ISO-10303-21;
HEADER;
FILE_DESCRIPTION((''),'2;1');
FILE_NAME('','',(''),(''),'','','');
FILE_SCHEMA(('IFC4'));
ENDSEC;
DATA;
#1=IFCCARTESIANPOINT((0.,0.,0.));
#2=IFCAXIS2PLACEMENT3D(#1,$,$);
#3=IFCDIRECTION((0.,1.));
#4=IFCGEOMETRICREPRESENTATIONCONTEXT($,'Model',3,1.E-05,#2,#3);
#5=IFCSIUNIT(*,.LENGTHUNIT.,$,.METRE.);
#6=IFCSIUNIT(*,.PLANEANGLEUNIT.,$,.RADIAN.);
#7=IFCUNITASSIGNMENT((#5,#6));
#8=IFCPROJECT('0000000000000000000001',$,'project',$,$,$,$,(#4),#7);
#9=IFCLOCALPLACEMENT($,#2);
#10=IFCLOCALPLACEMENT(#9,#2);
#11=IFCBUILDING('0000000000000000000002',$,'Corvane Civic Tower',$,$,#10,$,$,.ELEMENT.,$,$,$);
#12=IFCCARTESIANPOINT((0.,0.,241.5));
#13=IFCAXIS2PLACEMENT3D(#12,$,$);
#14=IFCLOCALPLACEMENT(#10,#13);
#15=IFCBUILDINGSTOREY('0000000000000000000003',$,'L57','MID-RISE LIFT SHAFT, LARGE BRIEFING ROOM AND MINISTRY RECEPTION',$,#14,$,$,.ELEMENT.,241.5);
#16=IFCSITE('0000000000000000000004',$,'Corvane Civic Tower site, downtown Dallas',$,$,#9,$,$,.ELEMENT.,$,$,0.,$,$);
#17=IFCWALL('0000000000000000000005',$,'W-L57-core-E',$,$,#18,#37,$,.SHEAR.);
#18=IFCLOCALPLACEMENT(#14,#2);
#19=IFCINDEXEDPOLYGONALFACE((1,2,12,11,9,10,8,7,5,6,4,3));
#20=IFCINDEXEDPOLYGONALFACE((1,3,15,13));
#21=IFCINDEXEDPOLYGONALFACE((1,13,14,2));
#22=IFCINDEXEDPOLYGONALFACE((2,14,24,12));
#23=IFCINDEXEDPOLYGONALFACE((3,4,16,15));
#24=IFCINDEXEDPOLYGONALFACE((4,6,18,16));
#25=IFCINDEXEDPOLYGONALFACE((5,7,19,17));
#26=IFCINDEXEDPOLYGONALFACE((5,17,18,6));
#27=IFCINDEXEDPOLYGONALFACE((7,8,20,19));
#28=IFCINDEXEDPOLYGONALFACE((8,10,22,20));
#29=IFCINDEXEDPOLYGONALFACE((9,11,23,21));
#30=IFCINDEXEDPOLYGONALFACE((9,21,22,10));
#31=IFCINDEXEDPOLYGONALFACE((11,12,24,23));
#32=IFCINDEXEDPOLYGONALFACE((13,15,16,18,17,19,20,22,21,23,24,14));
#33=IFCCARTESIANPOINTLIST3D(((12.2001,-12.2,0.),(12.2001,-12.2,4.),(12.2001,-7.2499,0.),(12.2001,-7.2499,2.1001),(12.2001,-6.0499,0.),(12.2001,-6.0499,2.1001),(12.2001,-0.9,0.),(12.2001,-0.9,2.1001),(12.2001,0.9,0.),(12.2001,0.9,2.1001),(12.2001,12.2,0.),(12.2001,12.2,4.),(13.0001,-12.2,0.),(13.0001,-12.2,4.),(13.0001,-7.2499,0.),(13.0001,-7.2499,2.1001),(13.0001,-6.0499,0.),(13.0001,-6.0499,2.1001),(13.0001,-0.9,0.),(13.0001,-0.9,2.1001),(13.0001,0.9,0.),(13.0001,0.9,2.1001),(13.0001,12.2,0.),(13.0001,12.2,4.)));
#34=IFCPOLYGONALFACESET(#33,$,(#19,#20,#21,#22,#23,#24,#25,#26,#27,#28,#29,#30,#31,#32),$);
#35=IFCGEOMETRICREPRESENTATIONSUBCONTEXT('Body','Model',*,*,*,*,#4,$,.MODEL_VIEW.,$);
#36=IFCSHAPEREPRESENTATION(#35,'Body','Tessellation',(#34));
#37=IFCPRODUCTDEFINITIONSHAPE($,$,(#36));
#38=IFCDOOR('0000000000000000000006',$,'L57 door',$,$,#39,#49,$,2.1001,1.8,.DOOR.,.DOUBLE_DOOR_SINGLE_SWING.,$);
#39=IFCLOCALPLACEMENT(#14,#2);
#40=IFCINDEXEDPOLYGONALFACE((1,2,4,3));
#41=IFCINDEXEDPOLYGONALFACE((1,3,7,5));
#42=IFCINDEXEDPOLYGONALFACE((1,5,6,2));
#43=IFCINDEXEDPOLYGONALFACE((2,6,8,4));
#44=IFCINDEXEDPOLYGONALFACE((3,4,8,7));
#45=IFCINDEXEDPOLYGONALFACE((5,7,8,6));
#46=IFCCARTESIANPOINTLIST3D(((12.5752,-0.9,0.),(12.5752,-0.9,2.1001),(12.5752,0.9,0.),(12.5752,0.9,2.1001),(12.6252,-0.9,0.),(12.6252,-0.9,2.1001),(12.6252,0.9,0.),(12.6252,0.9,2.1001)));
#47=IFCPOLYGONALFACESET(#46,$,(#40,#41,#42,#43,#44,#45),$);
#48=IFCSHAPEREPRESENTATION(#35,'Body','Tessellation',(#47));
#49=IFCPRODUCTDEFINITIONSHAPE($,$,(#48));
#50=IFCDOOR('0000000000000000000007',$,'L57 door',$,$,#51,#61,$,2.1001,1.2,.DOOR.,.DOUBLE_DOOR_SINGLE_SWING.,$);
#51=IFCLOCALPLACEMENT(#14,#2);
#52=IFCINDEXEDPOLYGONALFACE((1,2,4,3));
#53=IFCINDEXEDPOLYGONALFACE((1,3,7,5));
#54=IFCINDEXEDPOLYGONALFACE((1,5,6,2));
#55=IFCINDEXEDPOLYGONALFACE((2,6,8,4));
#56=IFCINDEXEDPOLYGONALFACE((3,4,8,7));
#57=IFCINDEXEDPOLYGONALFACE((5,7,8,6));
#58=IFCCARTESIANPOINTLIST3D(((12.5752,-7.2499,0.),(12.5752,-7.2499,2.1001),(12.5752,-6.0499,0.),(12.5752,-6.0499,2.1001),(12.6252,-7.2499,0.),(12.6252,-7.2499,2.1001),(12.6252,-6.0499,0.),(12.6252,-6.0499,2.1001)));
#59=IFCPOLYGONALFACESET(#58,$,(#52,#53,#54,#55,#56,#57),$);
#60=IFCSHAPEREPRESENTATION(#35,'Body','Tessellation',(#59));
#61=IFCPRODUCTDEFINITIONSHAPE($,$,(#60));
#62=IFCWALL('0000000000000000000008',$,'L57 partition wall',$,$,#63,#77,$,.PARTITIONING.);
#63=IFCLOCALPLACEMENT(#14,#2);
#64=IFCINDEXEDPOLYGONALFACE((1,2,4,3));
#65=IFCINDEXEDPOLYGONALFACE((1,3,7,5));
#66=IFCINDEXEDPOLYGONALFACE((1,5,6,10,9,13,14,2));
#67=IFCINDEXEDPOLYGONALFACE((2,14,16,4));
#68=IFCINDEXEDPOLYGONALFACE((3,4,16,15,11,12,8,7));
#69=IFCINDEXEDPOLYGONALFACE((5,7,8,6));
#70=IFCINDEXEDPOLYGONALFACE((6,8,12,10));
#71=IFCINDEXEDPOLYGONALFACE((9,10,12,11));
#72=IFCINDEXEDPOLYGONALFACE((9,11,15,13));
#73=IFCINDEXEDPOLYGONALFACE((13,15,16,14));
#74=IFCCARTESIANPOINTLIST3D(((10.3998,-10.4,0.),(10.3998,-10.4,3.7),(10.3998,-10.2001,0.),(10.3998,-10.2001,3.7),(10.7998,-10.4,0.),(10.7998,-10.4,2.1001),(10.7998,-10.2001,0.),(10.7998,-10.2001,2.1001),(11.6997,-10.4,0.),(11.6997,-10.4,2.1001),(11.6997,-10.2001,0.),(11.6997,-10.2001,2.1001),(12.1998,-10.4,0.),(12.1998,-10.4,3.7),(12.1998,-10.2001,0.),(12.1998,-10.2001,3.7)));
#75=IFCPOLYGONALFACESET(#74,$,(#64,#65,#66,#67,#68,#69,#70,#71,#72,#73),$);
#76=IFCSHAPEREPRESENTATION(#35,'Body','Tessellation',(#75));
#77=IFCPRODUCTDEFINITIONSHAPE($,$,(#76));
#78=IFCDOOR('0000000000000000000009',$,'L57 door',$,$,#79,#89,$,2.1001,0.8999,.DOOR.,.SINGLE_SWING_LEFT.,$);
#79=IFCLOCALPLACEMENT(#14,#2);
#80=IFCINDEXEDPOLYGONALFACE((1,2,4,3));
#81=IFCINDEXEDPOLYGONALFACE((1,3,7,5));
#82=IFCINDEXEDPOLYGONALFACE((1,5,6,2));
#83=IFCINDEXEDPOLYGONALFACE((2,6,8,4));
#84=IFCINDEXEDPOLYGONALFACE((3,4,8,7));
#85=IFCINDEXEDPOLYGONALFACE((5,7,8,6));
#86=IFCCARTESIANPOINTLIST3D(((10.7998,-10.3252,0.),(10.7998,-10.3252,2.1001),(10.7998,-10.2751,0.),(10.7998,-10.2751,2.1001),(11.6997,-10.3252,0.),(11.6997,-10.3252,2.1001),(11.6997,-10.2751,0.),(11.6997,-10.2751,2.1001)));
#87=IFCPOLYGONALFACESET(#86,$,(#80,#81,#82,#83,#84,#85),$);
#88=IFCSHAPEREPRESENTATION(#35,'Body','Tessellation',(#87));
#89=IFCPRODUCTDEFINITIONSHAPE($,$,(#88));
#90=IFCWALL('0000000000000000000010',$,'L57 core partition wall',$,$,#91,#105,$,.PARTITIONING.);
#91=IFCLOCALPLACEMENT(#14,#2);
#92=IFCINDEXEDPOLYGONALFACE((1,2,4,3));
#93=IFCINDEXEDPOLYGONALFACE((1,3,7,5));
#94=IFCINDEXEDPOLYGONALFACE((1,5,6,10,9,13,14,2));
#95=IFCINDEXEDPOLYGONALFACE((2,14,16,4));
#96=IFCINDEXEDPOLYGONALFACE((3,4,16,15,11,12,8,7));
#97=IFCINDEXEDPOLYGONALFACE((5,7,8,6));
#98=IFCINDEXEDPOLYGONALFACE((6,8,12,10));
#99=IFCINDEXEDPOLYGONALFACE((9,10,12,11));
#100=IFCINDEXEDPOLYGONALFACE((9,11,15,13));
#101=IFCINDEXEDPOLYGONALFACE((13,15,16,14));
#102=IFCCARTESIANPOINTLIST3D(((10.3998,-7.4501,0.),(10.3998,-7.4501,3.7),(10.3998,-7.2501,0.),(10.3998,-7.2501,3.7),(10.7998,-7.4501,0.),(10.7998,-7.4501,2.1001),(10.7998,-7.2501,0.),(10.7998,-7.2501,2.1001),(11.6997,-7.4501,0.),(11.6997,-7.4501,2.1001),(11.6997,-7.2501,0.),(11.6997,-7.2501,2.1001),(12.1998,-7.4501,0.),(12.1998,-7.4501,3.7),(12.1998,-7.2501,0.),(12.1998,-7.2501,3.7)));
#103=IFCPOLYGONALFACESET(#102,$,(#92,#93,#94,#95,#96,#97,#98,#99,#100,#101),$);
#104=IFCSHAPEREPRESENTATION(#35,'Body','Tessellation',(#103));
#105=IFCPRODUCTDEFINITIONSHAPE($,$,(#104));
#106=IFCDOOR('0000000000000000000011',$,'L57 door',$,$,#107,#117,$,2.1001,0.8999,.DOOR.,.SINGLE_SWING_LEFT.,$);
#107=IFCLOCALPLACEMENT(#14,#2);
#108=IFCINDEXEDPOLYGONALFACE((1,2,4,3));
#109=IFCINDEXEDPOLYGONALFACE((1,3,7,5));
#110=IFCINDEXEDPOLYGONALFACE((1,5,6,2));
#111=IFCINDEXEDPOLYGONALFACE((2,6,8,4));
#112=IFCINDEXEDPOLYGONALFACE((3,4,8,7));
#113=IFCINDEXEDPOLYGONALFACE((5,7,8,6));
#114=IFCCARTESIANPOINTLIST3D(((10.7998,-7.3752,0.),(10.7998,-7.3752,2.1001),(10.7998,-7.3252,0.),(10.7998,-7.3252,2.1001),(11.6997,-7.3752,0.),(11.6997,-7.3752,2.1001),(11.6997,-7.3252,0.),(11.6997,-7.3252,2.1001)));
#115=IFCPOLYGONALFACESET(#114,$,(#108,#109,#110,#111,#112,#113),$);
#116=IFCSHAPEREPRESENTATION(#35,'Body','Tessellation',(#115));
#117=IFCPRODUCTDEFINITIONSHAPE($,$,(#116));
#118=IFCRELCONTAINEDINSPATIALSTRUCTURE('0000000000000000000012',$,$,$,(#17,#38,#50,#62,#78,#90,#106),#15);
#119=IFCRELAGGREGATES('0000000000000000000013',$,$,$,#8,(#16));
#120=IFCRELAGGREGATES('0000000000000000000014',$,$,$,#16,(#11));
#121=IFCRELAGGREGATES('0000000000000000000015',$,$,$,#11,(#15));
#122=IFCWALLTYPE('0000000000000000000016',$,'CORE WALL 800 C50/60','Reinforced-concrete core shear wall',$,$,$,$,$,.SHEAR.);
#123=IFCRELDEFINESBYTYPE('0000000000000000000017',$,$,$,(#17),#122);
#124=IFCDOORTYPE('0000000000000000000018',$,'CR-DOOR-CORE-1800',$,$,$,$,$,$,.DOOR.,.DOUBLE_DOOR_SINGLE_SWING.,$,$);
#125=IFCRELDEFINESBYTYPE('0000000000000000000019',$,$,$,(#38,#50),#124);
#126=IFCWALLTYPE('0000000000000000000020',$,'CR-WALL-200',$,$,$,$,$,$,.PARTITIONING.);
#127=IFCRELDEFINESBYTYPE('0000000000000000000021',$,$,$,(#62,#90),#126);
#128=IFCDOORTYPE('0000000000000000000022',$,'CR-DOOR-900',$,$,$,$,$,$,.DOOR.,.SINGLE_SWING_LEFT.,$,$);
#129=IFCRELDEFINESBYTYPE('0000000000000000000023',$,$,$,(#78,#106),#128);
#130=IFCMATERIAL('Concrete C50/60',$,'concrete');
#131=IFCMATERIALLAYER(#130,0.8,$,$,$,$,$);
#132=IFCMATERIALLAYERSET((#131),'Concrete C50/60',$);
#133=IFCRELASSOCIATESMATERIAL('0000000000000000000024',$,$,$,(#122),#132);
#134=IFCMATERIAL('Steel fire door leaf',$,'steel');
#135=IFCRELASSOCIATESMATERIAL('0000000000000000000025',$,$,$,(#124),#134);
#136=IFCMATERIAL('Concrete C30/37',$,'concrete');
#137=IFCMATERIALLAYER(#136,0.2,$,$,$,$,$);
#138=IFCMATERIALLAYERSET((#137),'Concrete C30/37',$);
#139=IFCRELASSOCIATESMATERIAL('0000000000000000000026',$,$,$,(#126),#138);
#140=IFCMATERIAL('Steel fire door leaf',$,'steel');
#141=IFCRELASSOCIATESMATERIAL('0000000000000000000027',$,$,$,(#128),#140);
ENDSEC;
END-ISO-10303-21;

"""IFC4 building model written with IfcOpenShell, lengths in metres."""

from ifc_helpers import new_model, si_unit, direction, frame, frame_2d, origin, place, context, subcontext, project, spatial, rectangle, extrude, material, layer, layer_set, type_object, element, fill, save


model = new_model("IFC4")

# Units and contexts
model_context = context("Model", 3, precision=1e-05, world=origin(), true_north=direction((0.0, 1.0)))
body_context = subcontext(model_context, "Body", "Model", "MODEL_VIEW")
ifc_project = project(units=[si_unit("LENGTHUNIT", "METRE"), si_unit("PLANEANGLEUNIT", "RADIAN")], contexts=[model_context])

# Site, building, storey
site_placement = place(None, origin())
site = spatial("IfcSite", under=ifc_project, at=site_placement, Name="Corvane Civic Tower site, downtown Dallas", CompositionType="ELEMENT", RefElevation=0.0)
building_placement = place(site_placement, origin())
building = spatial("IfcBuilding", under=site, at=building_placement, Name="Corvane Civic Tower", CompositionType="ELEMENT")
storey_placement = place(building_placement, frame((0.0, 0.0, 241.5)))
storey = spatial("IfcBuildingStorey", under=building, at=storey_placement, Name="L57", Description="MID-RISE LIFT SHAFT, LARGE BRIEFING ROOM AND MINISTRY RECEPTION", CompositionType="ELEMENT", Elevation=241.5)

# Wall, openings, doors
ifc_material_1 = material(Name="Concrete C50/60", Category="concrete")
ifc_layer_1 = layer(ifc_material_1, 0.8)
ifc_layer_set_1 = layer_set([ifc_layer_1], Name="Concrete C50/60")
wall_type_1 = type_object("IfcWallType", Name="CORE WALL 800 C50/60", Description="Reinforced-concrete core shear wall", PredefinedType="SHEAR", material=ifc_layer_set_1)
wall_1_placement = place(storey_placement, frame((12.6001, -12.2, 0.0), z_axis=(0.0, 0.0, 1.0), x_axis=(0.0, 1.0, 0.0)))
wall_1 = element("IfcWall", 1, at=wall_1_placement, inside=storey, type_object=wall_type_1, Name="W-L57-core-E", PredefinedType="SHEAR", context=body_context, shape_type="SweptSolid", body=[
    extrude(rectangle(XDim=24.3999, YDim=0.8, at=frame_2d((12.2, 0.0))), origin(), (0.0, 0.0, 1.0), 4.0),
])
opening_1_placement = place(wall_1_placement, frame((11.3, 0.0, 0.0)))
opening_1 = element("IfcOpeningElement", 2, at=opening_1_placement, cuts=wall_1, PredefinedType="OPENING", context=body_context, shape_type="SweptSolid", body=[
    extrude(rectangle(XDim=1.8, YDim=2.1001, at=frame_2d((0.8999, 1.05))), frame((0.0, 0.4099, 0.0), z_axis=(0.0, -1.0, 0.0), x_axis=(1.0, 0.0, 0.0)), (0.0, 0.0, 1.0), 0.8201),
])
opening_2_placement = place(wall_1_placement, frame((4.95, 0.0, 0.0)))
opening_2 = element("IfcOpeningElement", 3, at=opening_2_placement, cuts=wall_1, PredefinedType="OPENING", context=body_context, shape_type="SweptSolid", body=[
    extrude(rectangle(XDim=1.2, YDim=2.1001, at=frame_2d((0.6001, 1.05))), frame((0.0, 0.4099, 0.0), z_axis=(0.0, -1.0, 0.0), x_axis=(1.0, 0.0, 0.0)), (0.0, 0.0, 1.0), 0.8201),
])
ifc_material_2 = material(Name="Steel fire door leaf", Category="steel")
door_type_1 = type_object("IfcDoorType", Name="CR-DOOR-CORE-1800", OperationType="DOUBLE_DOOR_SINGLE_SWING", PredefinedType="DOOR", material=ifc_material_2)
door_1_placement = place(opening_1_placement, origin())
door_1 = element("IfcDoor", 4, at=door_1_placement, inside=storey, type_object=door_type_1, Name="L57 door", OperationType="DOUBLE_DOOR_SINGLE_SWING", OverallHeight=2.1001, OverallWidth=1.8, PredefinedType="DOOR", context=body_context, shape_type="SweptSolid", body=[
    extrude(rectangle(XDim=1.8, YDim=2.1001, at=frame_2d((0.8999, 1.05))), frame((0.0, 0.0249, 0.0), z_axis=(0.0, -1.0, 0.0), x_axis=(1.0, 0.0, 0.0)), (0.0, 0.0, 1.0), 0.05),
])
fill(opening_1, door_1)
door_2_placement = place(opening_2_placement, origin())
door_2 = element("IfcDoor", 5, at=door_2_placement, inside=storey, type_object=door_type_1, Name="L57 door", OperationType="DOUBLE_DOOR_SINGLE_SWING", OverallHeight=2.1001, OverallWidth=1.2, PredefinedType="DOOR", context=body_context, shape_type="SweptSolid", body=[
    extrude(rectangle(XDim=1.2, YDim=2.1001, at=frame_2d((0.6001, 1.05))), frame((0.0, 0.0249, 0.0), z_axis=(0.0, -1.0, 0.0), x_axis=(1.0, 0.0, 0.0)), (0.0, 0.0, 1.0), 0.05),
])
fill(opening_2, door_2)

# Walls, openings, doors
ifc_material_3 = material(Name="Concrete C30/37", Category="concrete")
ifc_layer_2 = layer(ifc_material_3, 0.2)
ifc_layer_set_2 = layer_set([ifc_layer_2], Name="Concrete C30/37")
wall_type_2 = type_object("IfcWallType", Name="CR-WALL-200", PredefinedType="PARTITIONING", material=ifc_layer_set_2)
wall_2_placement = place(storey_placement, frame((10.3999, -10.3, 0.0), z_axis=(0.0, 0.0, 1.0), x_axis=(1.0, 0.0, 0.0)))
wall_2 = element("IfcWall", 6, at=wall_2_placement, inside=storey, type_object=wall_type_2, Name="L57 partition wall", PredefinedType="PARTITIONING", context=body_context, shape_type="SweptSolid", body=[
    extrude(rectangle(XDim=1.8, YDim=0.2, at=frame_2d((0.8999, 0.0))), origin(), (0.0, 0.0, 1.0), 3.7),
])
opening_3_placement = place(wall_2_placement, frame((0.3999, 0.0, 0.0)))
opening_3 = element("IfcOpeningElement", 7, at=opening_3_placement, cuts=wall_2, PredefinedType="OPENING", context=body_context, shape_type="SweptSolid", body=[
    extrude(rectangle(XDim=0.8999, YDim=2.1001, at=frame_2d((0.45, 1.05))), frame((0.0, 0.1099, 0.0), z_axis=(0.0, -1.0, 0.0), x_axis=(1.0, 0.0, 0.0)), (0.0, 0.0, 1.0), 0.22),
])
ifc_material_4 = material(Name="Steel fire door leaf", Category="steel")
door_type_2 = type_object("IfcDoorType", Name="CR-DOOR-900", OperationType="SINGLE_SWING_LEFT", PredefinedType="DOOR", material=ifc_material_4)
door_3_placement = place(opening_3_placement, origin())
door_3 = element("IfcDoor", 8, at=door_3_placement, inside=storey, type_object=door_type_2, Name="L57 door", OperationType="SINGLE_SWING_LEFT", OverallHeight=2.1001, OverallWidth=0.8999, PredefinedType="DOOR", context=body_context, shape_type="SweptSolid", body=[
    extrude(rectangle(XDim=0.8999, YDim=2.1001, at=frame_2d((0.45, 1.05))), frame((0.0, 0.0249, 0.0), z_axis=(0.0, -1.0, 0.0), x_axis=(1.0, 0.0, 0.0)), (0.0, 0.0, 1.0), 0.05),
])
fill(opening_3, door_3)
wall_3_placement = place(storey_placement, frame((10.3999, -7.3501, 0.0), z_axis=(0.0, 0.0, 1.0), x_axis=(1.0, 0.0, 0.0)))
wall_3 = element("IfcWall", 9, at=wall_3_placement, inside=storey, type_object=wall_type_2, Name="L57 core partition wall", PredefinedType="PARTITIONING", context=body_context, shape_type="SweptSolid", body=[
    extrude(rectangle(XDim=1.8, YDim=0.2, at=frame_2d((0.8999, 0.0))), origin(), (0.0, 0.0, 1.0), 3.7),
])
opening_4_placement = place(wall_3_placement, frame((0.3999, 0.0, 0.0)))
opening_4 = element("IfcOpeningElement", 10, at=opening_4_placement, cuts=wall_3, PredefinedType="OPENING", context=body_context, shape_type="SweptSolid", body=[
    extrude(rectangle(XDim=0.8999, YDim=2.1001, at=frame_2d((0.45, 1.05))), frame((0.0, 0.1099, 0.0), z_axis=(0.0, -1.0, 0.0), x_axis=(1.0, 0.0, 0.0)), (0.0, 0.0, 1.0), 0.22),
])
door_4_placement = place(opening_4_placement, origin())
door_4 = element("IfcDoor", 11, at=door_4_placement, inside=storey, type_object=door_type_2, Name="L57 door", OperationType="SINGLE_SWING_LEFT", OverallHeight=2.1001, OverallWidth=0.8999, PredefinedType="DOOR", context=body_context, shape_type="SweptSolid", body=[
    extrude(rectangle(XDim=0.8999, YDim=2.1001, at=frame_2d((0.45, 1.05))), frame((0.0, 0.0249, 0.0), z_axis=(0.0, -1.0, 0.0), x_axis=(1.0, 0.0, 0.0)), (0.0, 0.0, 1.0), 0.05),
])
fill(opening_4, door_4)

save(model, "model.ifc")
